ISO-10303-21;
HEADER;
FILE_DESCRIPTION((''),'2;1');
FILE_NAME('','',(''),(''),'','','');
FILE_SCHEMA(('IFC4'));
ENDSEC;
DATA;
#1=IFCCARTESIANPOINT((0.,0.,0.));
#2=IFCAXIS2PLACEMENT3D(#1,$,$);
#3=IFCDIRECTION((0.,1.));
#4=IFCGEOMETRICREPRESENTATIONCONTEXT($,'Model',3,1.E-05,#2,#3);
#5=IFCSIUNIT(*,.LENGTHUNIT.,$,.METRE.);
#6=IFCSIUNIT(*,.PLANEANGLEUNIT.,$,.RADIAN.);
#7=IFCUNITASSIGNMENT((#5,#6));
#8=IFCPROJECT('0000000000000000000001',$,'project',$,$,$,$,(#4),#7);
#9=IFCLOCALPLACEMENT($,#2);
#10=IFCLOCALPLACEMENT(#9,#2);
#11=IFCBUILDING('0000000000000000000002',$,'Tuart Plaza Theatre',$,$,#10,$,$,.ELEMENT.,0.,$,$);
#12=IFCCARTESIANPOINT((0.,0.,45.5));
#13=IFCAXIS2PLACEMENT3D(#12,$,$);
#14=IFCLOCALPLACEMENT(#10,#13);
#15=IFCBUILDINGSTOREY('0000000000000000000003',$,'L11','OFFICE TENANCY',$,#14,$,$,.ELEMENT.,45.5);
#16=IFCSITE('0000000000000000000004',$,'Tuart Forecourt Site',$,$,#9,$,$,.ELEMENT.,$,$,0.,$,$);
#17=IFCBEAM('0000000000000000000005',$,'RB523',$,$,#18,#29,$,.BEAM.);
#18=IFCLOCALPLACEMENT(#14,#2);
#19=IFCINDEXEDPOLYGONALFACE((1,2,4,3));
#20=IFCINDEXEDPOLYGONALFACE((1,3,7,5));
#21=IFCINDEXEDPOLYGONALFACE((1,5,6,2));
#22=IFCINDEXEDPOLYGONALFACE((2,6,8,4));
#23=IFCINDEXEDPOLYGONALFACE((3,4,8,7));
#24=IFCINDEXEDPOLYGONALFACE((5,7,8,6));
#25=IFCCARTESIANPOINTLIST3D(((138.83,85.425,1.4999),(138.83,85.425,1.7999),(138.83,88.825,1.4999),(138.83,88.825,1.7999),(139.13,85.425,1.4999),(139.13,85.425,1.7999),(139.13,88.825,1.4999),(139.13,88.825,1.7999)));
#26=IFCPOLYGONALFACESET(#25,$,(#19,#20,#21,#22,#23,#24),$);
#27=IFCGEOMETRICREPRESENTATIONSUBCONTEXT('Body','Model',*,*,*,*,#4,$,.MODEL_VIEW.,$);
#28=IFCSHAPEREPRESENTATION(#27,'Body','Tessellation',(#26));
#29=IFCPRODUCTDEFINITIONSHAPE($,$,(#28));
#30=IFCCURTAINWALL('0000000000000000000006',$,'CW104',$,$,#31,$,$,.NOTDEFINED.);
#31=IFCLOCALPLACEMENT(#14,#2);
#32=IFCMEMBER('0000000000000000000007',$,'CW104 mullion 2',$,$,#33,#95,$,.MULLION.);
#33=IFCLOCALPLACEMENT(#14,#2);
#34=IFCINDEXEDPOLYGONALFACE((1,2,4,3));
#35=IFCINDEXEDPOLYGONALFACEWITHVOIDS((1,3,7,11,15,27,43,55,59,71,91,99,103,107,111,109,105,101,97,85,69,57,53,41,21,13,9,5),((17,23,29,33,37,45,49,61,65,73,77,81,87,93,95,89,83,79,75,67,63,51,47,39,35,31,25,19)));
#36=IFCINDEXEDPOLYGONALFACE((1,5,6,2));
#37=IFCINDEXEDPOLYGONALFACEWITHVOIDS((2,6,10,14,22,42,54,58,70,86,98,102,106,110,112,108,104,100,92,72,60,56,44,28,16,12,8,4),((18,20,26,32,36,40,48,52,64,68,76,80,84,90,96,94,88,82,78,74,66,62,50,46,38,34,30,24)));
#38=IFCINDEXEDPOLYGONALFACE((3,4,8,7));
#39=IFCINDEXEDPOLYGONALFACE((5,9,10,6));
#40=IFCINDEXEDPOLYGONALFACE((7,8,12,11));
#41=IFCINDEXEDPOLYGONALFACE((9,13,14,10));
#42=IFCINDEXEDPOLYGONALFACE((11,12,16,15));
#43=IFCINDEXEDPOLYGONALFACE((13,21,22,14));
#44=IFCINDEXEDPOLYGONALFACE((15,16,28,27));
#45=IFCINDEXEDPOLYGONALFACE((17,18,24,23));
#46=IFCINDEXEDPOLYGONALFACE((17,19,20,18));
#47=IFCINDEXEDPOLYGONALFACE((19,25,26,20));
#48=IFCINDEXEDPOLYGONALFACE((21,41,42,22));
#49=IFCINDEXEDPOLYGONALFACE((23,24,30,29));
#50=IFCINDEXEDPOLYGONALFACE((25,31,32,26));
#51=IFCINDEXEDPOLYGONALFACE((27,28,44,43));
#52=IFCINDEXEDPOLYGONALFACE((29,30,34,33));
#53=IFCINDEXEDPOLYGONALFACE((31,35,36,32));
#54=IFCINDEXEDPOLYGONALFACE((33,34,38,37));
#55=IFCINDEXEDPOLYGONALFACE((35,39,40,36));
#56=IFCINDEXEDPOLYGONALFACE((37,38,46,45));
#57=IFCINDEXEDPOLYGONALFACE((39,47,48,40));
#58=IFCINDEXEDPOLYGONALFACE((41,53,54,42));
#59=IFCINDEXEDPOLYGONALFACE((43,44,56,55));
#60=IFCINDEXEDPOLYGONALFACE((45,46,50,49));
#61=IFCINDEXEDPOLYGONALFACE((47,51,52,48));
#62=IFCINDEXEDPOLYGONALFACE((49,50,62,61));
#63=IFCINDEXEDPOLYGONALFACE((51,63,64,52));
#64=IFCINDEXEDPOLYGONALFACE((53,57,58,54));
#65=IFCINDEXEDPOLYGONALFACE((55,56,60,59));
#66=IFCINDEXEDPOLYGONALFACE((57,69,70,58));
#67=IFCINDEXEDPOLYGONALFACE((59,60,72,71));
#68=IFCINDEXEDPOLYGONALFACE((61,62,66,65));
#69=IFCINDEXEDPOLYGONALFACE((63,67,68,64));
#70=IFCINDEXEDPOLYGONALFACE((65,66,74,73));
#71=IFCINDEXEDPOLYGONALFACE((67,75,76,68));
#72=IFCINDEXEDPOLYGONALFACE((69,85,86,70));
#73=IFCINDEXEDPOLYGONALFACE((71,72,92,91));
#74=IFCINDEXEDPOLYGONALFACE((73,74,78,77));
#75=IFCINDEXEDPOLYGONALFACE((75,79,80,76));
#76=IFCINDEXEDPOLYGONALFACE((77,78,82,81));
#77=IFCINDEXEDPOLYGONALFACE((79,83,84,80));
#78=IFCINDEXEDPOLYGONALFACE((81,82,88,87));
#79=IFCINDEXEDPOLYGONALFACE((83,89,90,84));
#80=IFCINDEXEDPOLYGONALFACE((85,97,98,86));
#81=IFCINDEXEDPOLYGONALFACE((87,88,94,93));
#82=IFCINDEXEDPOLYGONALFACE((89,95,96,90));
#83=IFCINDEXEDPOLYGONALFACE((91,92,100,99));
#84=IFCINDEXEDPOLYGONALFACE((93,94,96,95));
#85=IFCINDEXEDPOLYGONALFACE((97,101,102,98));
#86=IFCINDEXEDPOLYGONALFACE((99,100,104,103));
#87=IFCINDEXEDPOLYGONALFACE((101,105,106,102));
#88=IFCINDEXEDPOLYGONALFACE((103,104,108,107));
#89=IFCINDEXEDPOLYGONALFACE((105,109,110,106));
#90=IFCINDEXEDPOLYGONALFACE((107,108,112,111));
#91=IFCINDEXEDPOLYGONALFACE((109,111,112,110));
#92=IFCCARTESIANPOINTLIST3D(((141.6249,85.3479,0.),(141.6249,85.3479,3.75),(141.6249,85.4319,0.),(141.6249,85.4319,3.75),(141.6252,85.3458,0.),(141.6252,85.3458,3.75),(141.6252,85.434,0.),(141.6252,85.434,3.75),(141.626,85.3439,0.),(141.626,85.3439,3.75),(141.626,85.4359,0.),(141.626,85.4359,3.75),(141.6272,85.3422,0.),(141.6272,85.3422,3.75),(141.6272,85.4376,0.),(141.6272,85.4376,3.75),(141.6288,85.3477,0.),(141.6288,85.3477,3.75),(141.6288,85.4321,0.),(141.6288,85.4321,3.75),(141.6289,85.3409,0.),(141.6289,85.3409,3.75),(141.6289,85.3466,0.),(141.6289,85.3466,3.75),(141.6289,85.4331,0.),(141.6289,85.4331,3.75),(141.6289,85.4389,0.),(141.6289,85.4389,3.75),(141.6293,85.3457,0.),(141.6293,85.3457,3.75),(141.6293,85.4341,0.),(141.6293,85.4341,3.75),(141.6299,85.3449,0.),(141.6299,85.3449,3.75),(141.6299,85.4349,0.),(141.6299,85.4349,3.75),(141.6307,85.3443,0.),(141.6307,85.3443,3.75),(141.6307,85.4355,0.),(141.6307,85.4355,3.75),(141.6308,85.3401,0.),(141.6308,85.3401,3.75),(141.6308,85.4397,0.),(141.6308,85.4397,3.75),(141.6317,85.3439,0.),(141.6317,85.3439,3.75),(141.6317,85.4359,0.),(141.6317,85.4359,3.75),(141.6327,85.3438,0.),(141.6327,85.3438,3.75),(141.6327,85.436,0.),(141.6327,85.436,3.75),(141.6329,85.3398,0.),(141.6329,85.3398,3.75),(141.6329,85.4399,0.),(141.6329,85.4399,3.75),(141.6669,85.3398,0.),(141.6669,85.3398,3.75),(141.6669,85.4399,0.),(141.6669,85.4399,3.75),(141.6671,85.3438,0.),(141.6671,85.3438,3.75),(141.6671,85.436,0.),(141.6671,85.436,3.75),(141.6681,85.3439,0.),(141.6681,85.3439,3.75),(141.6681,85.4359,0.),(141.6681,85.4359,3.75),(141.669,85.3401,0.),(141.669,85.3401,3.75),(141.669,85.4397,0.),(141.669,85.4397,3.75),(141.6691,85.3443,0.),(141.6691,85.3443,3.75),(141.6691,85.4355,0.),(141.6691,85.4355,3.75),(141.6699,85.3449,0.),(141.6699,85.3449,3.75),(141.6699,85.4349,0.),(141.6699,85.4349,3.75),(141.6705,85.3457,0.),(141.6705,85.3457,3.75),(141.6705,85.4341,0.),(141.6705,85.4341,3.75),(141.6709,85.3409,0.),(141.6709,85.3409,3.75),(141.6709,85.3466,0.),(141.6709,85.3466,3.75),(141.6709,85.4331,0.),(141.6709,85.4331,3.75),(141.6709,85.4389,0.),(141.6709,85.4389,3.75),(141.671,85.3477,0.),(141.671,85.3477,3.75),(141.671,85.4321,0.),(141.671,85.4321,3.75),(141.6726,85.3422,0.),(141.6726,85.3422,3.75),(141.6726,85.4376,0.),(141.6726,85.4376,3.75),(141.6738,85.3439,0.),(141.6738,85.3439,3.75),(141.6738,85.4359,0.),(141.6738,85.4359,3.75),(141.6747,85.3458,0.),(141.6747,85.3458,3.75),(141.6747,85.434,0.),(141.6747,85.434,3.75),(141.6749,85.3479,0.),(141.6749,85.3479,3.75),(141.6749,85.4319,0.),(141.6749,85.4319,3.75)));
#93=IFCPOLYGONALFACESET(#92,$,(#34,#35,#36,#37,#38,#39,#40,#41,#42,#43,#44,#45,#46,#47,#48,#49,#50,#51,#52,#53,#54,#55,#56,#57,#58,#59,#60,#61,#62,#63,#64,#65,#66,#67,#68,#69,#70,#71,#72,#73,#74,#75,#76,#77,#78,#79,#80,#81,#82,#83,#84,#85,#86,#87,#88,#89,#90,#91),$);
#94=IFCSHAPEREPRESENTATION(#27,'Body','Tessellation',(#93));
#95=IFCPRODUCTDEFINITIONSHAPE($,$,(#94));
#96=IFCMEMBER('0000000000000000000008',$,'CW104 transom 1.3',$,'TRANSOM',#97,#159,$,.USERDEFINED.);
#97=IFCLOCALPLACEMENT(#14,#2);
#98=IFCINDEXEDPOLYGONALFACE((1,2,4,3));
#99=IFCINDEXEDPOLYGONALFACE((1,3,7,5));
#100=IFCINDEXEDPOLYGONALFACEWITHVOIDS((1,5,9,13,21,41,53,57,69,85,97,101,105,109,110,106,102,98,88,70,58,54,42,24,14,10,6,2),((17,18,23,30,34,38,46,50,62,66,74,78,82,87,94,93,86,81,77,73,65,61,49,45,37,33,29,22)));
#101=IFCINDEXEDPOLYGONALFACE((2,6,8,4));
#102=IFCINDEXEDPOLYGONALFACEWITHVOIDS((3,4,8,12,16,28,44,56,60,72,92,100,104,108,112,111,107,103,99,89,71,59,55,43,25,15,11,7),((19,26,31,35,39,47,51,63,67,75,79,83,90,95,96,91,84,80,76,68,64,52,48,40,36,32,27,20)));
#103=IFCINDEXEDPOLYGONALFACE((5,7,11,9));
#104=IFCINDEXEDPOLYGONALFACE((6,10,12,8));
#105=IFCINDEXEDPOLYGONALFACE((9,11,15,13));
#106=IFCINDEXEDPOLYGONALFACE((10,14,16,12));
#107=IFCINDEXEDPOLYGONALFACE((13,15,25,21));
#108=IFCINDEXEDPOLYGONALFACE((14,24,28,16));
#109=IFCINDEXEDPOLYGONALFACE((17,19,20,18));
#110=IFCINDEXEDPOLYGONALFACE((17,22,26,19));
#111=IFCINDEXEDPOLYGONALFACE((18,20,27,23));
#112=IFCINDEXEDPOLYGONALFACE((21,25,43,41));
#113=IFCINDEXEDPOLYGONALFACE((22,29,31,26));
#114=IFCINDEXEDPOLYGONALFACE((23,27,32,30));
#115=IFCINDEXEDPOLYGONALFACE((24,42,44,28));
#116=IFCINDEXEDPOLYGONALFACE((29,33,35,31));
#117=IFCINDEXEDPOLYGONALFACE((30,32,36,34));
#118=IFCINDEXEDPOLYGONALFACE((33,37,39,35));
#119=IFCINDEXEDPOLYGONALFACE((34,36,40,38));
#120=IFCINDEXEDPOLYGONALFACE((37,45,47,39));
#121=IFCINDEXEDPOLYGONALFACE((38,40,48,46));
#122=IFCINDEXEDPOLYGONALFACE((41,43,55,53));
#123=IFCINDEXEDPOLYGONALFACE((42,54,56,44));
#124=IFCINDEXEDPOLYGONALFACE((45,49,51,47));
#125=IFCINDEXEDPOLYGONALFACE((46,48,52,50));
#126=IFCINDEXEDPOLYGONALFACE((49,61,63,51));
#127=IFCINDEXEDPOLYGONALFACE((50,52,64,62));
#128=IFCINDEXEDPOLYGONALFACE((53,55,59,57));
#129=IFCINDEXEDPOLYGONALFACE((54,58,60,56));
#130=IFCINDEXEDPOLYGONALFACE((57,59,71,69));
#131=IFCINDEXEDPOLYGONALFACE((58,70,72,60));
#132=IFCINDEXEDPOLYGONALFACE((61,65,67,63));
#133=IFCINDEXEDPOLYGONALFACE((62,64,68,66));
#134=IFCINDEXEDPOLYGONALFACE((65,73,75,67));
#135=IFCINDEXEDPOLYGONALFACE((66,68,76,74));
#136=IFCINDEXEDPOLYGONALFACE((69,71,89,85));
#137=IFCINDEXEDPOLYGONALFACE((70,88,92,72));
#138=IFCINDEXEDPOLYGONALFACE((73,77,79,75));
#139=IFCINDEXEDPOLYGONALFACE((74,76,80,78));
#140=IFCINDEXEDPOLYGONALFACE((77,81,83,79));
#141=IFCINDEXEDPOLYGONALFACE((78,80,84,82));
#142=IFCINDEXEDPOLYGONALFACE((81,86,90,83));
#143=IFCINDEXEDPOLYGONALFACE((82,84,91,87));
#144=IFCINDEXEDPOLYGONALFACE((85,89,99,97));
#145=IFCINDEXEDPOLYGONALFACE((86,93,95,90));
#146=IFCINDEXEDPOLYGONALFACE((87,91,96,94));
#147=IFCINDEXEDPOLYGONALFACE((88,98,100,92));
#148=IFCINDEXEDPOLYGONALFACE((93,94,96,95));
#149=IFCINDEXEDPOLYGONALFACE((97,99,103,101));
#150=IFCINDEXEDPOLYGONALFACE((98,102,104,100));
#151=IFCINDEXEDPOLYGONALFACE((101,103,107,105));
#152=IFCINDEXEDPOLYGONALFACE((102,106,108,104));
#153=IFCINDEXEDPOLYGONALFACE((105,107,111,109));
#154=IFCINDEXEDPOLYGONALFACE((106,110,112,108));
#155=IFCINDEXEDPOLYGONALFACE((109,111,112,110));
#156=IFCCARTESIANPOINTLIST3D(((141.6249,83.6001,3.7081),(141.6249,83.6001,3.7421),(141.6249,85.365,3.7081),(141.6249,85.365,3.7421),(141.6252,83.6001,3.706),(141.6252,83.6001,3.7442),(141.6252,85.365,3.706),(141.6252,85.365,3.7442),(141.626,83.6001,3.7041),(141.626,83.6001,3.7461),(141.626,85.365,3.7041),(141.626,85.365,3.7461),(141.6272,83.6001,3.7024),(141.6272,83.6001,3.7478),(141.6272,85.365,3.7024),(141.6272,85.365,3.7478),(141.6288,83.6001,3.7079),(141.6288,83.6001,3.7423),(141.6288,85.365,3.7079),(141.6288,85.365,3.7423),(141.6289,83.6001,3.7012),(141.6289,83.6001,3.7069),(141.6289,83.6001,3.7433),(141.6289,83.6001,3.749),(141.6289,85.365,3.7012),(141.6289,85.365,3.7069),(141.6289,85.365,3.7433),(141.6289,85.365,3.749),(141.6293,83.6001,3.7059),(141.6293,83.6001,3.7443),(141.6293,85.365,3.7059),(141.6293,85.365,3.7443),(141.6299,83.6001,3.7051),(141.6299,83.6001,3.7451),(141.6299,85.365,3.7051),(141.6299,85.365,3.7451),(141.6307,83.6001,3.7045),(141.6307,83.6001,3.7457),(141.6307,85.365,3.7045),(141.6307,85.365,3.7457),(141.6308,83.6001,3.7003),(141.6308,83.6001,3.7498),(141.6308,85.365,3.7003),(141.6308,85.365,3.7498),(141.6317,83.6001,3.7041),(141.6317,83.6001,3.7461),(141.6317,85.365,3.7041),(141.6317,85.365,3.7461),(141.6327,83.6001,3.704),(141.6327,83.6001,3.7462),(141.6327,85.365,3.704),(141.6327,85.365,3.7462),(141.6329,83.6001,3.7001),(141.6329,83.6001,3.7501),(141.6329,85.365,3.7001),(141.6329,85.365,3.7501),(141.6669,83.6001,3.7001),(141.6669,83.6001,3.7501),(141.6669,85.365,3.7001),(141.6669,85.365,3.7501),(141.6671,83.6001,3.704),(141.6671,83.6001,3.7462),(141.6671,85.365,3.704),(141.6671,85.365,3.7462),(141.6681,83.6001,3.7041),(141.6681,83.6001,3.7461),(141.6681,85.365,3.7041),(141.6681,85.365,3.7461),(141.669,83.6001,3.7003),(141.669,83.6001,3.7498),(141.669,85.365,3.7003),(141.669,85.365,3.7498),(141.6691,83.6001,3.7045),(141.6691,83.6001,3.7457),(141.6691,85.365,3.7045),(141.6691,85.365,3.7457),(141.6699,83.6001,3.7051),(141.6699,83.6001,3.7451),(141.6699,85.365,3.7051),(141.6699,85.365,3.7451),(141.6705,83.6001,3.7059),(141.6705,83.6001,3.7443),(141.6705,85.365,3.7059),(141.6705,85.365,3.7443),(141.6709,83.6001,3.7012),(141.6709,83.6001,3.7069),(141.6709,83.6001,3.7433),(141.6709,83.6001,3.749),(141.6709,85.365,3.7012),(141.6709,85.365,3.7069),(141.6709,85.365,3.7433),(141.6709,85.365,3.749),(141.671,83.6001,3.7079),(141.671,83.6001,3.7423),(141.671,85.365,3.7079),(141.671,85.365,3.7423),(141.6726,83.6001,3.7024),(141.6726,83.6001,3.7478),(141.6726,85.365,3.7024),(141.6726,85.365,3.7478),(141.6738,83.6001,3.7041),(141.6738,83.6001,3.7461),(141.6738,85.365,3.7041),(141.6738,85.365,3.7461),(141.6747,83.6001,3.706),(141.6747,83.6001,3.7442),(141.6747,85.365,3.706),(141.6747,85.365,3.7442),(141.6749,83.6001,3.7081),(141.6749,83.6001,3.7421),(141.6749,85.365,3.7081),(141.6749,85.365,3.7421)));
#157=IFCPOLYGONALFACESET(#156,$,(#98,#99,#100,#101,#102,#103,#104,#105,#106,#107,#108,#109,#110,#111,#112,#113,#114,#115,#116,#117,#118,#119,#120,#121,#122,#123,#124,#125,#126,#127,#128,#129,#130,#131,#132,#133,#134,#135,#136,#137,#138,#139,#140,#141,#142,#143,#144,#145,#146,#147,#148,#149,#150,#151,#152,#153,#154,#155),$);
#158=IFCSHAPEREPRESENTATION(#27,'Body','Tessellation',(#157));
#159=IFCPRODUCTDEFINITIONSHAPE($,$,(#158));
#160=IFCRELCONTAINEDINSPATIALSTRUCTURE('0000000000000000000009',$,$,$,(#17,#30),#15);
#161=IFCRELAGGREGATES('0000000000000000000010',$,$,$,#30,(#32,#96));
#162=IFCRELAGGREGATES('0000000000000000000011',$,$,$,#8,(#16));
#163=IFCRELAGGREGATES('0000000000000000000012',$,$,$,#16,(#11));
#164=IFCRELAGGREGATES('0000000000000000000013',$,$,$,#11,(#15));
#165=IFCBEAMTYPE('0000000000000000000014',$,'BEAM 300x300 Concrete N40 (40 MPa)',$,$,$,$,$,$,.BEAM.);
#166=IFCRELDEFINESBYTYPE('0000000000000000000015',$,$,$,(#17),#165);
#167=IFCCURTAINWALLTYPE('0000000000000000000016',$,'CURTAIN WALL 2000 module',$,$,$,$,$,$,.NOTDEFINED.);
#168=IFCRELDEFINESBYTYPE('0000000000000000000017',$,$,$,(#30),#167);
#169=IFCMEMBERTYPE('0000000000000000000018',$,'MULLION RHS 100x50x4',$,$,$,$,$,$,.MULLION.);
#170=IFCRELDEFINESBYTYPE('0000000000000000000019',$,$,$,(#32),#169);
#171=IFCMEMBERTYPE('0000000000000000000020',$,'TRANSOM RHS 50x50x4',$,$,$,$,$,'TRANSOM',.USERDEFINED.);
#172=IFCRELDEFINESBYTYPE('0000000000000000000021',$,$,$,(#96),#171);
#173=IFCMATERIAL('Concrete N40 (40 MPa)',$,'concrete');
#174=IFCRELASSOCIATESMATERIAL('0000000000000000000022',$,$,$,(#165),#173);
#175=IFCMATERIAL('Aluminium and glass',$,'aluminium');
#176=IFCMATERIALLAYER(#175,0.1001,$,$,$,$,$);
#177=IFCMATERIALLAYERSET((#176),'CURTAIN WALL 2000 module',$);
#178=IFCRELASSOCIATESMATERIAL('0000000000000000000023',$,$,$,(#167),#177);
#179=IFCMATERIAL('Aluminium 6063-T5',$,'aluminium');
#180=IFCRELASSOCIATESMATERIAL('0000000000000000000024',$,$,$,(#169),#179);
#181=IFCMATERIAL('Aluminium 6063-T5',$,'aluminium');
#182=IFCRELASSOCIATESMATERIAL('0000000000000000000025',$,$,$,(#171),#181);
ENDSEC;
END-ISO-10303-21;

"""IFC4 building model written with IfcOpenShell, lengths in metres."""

from ifc_helpers import new_model, si_unit, direction, frame, origin, origin_2d, place, context, subcontext, project, spatial, rectangle, hollow_rectangle, extrude, material, layer, layer_set, material_profile, profile_set, type_object, element, aggregate, save


model = new_model("IFC4")

# Units and contexts
model_context = context("Model", 3, precision=1e-05, world=origin(), true_north=direction((0.0, 1.0)))
body_context = subcontext(model_context, "Body", "Model", "MODEL_VIEW")
ifc_project = project(units=[si_unit("LENGTHUNIT", "METRE"), si_unit("PLANEANGLEUNIT", "RADIAN")], contexts=[model_context])

# Site, building, storey
site_placement = place(None, origin())
site = spatial("IfcSite", under=ifc_project, at=site_placement, Name="Tuart Forecourt Site", CompositionType="ELEMENT", RefElevation=0.0)
building_placement = place(site_placement, origin())
building = spatial("IfcBuilding", under=site, at=building_placement, Name="Tuart Plaza Theatre", CompositionType="ELEMENT", ElevationOfRefHeight=0.0)
storey_placement = place(building_placement, frame((0.0, 0.0, 45.5)))
storey = spatial("IfcBuildingStorey", under=building, at=storey_placement, Name="L11", Description="OFFICE TENANCY", CompositionType="ELEMENT", Elevation=45.5)

# Beam
ifc_material_1 = material(Name="Concrete N40 (40 MPa)", Category="concrete")
ifc_material_profile_1 = material_profile(ifc_material_1, rectangle(XDim=0.3, YDim=0.3, at=origin_2d()), Name="BEAM 300x300 Concrete N40 (40 MPa)")
ifc_profile_set_1 = profile_set([ifc_material_profile_1], Name="Concrete N40 (40 MPa)")
beam_type = type_object("IfcBeamType", Name="BEAM 300x300 Concrete N40 (40 MPa)", PredefinedType="BEAM", material=ifc_profile_set_1)
beam_placement = place(storey_placement, frame((138.98, 85.425, 1.6499), z_axis=(0.0, 1.0, 0.0), x_axis=(-1.0, 0.0, 0.0)))
element("IfcBeam", 1, at=beam_placement, inside=storey, type_object=beam_type, Name="RB523", PredefinedType="BEAM", context=body_context, shape_type="SweptSolid", body=[
    extrude(rectangle(XDim=0.3, YDim=0.3, at=origin_2d()), origin(), (0.0, 0.0, 1.0), 3.3999),
])

# Curtain wall, members
ifc_material_2 = material(Name="Aluminium and glass", Category="aluminium")
ifc_layer_1 = layer(ifc_material_2, 0.1001)
ifc_layer_set_1 = layer_set([ifc_layer_1], Name="CURTAIN WALL 2000 module")
curtain_wall_type = type_object("IfcCurtainWallType", Name="CURTAIN WALL 2000 module", PredefinedType="NOTDEFINED", material=ifc_layer_set_1)
curtain_wall_placement = place(storey_placement, origin())
curtain_wall = element("IfcCurtainWall", 2, at=curtain_wall_placement, inside=storey, type_object=curtain_wall_type, Name="CW104", PredefinedType="NOTDEFINED")
ifc_material_3 = material(Name="Aluminium 6063-T5", Category="aluminium")
ifc_material_profile_2 = material_profile(ifc_material_3, hollow_rectangle(XDim=0.05, YDim=0.1001, WallThickness=0.0039, InnerFilletRadius=0.0039, OuterFilletRadius=0.0081, at=origin_2d()), Name="RHS 100x50x4")
ifc_profile_set_2 = profile_set([ifc_material_profile_2], Name="Aluminium 6063-T5")
member_type_1 = type_object("IfcMemberType", Name="MULLION RHS 100x50x4", PredefinedType="MULLION", material=ifc_profile_set_2)
member_1_placement = place(storey_placement, frame((141.6499, 85.3899, 0.0), z_axis=(0.0, 0.0, 1.0), x_axis=(-1.0, 0.0, 0.0)))
member_1 = element("IfcMember", 3, at=member_1_placement, type_object=member_type_1, Name="CW104 mullion 2", PredefinedType="MULLION", context=body_context, shape_type="SweptSolid", body=[
    extrude(hollow_rectangle(XDim=0.05, YDim=0.1001, WallThickness=0.0039, InnerFilletRadius=0.0039, OuterFilletRadius=0.0081, at=origin_2d()), origin(), (0.0, 0.0, 1.0), 3.75),
])
ifc_material_4 = material(Name="Aluminium 6063-T5", Category="aluminium")
ifc_material_profile_3 = material_profile(ifc_material_4, hollow_rectangle(XDim=0.05, YDim=0.05, WallThickness=0.0039, InnerFilletRadius=0.0039, OuterFilletRadius=0.0081, at=origin_2d()), Name="RHS 50x50x4")
ifc_profile_set_3 = profile_set([ifc_material_profile_3], Name="Aluminium 6063-T5")
member_type_2 = type_object("IfcMemberType", Name="TRANSOM RHS 50x50x4", ElementType="TRANSOM", PredefinedType="USERDEFINED", material=ifc_profile_set_3)
member_2_placement = place(storey_placement, frame((141.6499, 83.6001, 3.7251), z_axis=(0.0, 1.0, 0.0), x_axis=(-1.0, 0.0, 0.0)))
member_2 = element("IfcMember", 4, at=member_2_placement, type_object=member_type_2, Name="CW104 transom 1.3", ObjectType="TRANSOM", PredefinedType="USERDEFINED", context=body_context, shape_type="SweptSolid", body=[
    extrude(hollow_rectangle(XDim=0.05, YDim=0.05, WallThickness=0.0039, InnerFilletRadius=0.0039, OuterFilletRadius=0.0081, at=origin_2d()), origin(), (0.0, 0.0, 1.0), 1.7649),
])
aggregate(curtain_wall, [member_1, member_2])

save(model, "model.ifc")
